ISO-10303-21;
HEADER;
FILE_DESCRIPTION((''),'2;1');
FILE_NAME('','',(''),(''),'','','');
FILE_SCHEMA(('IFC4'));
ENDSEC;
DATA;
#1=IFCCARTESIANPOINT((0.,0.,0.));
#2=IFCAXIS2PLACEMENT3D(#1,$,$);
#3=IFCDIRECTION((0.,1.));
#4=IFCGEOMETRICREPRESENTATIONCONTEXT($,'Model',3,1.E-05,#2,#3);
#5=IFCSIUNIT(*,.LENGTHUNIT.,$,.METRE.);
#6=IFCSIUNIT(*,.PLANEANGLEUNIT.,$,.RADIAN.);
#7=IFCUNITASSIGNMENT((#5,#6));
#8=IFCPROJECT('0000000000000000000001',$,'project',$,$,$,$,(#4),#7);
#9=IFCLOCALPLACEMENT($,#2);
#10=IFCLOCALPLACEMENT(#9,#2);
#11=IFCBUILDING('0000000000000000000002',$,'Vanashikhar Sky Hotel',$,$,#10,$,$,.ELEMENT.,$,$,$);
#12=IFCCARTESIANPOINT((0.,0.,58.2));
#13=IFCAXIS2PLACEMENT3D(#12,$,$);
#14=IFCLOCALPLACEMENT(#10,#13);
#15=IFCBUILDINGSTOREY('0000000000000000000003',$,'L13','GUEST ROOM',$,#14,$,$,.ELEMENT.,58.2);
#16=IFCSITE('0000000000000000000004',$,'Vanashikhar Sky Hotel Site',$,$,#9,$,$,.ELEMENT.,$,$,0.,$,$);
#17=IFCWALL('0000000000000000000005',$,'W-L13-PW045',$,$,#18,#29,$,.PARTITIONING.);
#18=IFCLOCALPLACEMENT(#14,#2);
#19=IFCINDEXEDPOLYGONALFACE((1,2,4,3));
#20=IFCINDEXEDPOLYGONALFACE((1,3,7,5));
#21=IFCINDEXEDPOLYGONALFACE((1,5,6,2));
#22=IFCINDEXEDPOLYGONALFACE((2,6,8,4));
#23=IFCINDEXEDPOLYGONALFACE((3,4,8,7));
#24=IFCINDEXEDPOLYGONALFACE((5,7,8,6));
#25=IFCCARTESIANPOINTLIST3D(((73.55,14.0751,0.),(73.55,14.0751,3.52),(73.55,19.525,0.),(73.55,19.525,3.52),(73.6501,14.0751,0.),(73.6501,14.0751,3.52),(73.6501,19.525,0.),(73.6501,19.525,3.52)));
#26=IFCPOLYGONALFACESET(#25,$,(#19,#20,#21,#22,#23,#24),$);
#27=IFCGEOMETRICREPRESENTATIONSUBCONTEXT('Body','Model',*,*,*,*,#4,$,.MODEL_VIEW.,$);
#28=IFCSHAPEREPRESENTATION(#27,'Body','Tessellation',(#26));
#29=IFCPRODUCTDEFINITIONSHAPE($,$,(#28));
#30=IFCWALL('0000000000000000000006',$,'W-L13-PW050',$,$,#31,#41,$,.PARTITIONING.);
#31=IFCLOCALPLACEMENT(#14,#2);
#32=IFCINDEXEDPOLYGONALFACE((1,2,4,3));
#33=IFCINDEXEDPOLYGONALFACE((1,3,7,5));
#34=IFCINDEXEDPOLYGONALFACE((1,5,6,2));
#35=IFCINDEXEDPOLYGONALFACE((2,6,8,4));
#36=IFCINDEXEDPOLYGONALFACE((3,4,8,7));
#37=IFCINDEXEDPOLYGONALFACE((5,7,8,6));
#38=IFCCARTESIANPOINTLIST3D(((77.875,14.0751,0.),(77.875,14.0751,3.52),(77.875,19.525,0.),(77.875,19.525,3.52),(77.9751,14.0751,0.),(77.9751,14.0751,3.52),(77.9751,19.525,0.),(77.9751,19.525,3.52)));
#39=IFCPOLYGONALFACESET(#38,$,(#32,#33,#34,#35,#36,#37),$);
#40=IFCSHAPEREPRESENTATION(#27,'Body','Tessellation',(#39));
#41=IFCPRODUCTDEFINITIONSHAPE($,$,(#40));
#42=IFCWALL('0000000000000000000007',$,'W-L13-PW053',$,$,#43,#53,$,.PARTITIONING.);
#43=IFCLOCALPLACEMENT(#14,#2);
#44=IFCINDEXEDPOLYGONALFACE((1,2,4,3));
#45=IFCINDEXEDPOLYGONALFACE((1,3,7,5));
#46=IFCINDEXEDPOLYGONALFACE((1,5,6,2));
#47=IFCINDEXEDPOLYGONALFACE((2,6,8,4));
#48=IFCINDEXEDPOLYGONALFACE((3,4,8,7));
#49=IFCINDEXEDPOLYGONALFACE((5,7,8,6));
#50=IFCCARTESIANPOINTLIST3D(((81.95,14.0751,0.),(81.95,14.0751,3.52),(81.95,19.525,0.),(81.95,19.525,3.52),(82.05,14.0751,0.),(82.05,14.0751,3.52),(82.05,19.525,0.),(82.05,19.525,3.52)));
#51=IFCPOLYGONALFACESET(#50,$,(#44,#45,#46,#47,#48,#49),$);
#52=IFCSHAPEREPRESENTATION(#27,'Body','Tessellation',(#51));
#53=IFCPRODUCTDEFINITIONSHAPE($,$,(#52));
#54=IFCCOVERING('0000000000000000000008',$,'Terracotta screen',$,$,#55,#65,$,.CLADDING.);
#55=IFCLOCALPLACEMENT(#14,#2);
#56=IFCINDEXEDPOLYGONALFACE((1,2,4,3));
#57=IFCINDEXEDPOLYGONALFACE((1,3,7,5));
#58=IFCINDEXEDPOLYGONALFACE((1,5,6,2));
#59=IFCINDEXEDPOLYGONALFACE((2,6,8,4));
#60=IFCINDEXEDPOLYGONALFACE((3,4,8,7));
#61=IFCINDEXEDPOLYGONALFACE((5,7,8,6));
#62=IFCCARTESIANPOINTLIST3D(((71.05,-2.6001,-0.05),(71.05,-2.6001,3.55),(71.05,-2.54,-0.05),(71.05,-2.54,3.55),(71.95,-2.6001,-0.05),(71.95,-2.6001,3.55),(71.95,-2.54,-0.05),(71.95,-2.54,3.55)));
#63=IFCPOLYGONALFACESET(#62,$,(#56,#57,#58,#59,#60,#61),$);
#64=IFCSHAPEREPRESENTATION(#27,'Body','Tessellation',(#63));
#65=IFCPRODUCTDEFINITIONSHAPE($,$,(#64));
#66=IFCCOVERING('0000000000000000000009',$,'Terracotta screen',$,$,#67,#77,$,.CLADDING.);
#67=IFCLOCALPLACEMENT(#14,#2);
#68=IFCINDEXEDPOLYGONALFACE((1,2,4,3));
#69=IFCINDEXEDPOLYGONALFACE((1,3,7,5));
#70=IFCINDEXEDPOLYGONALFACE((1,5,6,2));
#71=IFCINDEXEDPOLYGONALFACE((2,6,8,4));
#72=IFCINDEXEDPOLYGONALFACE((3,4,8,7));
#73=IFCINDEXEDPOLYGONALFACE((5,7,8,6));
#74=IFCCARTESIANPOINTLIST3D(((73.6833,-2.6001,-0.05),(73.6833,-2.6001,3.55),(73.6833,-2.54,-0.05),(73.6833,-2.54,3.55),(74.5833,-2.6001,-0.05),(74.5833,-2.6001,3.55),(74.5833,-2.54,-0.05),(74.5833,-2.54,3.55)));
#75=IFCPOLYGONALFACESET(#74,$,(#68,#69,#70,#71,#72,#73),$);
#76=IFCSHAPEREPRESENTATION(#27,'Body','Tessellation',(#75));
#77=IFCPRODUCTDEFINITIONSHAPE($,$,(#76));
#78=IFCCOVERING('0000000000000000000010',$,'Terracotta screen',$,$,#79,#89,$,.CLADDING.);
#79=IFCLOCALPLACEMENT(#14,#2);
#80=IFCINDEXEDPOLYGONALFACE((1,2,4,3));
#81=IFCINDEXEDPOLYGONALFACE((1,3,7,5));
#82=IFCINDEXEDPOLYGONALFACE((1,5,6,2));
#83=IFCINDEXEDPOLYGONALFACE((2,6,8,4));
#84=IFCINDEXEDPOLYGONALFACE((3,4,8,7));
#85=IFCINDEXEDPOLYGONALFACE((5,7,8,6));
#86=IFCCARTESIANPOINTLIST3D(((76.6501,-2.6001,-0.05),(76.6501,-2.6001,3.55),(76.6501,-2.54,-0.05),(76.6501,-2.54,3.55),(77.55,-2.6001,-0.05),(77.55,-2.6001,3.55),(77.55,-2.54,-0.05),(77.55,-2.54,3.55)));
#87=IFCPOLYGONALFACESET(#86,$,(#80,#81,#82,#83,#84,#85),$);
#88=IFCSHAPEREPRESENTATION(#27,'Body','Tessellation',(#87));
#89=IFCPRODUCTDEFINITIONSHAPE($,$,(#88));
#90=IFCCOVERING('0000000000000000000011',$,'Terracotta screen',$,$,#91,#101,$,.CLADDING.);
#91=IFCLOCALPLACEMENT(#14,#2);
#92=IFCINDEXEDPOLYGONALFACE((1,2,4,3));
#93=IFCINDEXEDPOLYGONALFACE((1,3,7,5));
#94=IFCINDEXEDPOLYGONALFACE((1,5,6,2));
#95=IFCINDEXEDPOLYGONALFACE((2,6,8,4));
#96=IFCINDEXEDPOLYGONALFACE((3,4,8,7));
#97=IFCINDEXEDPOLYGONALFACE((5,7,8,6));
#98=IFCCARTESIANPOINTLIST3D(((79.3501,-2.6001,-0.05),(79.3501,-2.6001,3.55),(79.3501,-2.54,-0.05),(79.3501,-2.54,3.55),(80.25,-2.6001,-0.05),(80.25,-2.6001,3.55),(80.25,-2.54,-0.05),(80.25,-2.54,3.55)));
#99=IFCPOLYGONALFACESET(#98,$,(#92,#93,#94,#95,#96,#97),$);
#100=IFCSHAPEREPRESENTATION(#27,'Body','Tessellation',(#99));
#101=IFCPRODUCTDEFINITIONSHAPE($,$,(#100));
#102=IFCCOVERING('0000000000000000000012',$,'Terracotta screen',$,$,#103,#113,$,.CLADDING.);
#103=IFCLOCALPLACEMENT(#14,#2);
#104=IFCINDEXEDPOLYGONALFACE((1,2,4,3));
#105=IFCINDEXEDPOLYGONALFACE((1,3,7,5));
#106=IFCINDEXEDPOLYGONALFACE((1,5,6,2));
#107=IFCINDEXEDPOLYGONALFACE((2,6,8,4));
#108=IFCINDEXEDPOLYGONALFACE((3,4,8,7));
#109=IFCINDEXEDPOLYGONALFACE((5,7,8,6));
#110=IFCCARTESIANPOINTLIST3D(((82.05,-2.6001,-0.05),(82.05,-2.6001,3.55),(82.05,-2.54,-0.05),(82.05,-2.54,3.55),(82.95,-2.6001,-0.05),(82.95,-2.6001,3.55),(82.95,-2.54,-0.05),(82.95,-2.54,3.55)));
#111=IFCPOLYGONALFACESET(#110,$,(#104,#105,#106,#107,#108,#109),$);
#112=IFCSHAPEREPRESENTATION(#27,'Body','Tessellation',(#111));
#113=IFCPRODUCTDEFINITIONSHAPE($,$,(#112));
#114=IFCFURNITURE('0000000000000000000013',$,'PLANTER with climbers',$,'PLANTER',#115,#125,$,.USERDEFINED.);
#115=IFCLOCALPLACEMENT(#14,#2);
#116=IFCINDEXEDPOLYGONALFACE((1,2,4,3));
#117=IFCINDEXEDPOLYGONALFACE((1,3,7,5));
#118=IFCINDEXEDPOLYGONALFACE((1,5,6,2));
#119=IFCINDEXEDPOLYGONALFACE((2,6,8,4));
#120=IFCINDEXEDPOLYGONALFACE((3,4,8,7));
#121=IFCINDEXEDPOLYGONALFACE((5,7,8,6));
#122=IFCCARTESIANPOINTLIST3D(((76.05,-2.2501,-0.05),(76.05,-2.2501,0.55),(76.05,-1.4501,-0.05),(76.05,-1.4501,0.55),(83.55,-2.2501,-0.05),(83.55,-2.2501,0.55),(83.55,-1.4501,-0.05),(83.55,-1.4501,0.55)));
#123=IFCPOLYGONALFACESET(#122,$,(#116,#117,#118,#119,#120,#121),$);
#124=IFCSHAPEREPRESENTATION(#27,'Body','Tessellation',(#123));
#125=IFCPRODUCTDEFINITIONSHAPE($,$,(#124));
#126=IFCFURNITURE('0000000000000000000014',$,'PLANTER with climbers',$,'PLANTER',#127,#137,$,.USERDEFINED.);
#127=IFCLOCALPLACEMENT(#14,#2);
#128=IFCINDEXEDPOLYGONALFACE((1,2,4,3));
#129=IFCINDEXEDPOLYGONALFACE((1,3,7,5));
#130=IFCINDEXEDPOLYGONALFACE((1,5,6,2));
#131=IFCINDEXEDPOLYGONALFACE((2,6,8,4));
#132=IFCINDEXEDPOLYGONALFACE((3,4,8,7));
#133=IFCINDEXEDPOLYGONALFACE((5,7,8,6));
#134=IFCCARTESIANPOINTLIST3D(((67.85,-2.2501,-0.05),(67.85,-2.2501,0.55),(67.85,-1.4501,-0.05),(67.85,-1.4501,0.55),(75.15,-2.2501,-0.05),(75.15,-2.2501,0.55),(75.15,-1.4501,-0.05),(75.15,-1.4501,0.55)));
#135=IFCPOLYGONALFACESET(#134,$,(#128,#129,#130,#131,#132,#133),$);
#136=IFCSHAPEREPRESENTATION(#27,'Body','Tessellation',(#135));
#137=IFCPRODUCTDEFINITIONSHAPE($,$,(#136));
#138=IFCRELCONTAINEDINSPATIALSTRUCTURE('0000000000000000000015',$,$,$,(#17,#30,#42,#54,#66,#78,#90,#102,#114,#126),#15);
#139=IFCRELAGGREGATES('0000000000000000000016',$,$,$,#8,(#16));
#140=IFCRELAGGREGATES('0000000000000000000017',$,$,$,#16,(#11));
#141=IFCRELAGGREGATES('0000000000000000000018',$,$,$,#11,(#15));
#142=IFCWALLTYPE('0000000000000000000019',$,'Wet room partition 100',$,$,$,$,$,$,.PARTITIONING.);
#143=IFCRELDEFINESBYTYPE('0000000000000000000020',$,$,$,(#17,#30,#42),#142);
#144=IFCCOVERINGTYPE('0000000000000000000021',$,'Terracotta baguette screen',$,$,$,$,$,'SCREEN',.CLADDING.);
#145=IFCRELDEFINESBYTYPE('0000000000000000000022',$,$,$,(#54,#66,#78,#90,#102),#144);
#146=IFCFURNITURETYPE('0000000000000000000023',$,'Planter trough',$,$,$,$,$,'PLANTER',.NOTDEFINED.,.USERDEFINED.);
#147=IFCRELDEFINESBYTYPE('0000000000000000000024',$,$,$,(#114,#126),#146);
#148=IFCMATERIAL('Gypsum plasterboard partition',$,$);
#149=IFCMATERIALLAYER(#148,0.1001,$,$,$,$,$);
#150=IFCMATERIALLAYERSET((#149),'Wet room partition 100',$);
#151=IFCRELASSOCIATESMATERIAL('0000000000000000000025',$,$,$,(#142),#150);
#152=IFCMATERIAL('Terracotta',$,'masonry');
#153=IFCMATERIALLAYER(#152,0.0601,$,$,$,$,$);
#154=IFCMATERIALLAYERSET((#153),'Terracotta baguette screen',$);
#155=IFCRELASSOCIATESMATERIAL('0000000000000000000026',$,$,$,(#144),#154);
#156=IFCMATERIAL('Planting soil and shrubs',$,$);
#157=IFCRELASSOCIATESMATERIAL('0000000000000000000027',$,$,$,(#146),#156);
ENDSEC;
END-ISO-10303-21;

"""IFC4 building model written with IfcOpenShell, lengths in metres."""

from ifc_helpers import new_model, si_unit, direction, frame, frame_2d, origin, origin_2d, place, context, subcontext, project, spatial, rectangle, extrude, source, transform, mapped, material, layer, layer_set, type_object, element, save


model = new_model("IFC4")

# Units and contexts
model_context = context("Model", 3, precision=1e-05, world=origin(), true_north=direction((0.0, 1.0)))
body_context = subcontext(model_context, "Body", "Model", "MODEL_VIEW")
ifc_project = project(units=[si_unit("LENGTHUNIT", "METRE"), si_unit("PLANEANGLEUNIT", "RADIAN")], contexts=[model_context])

# Site, building, storey
site_placement = place(None, origin())
site = spatial("IfcSite", under=ifc_project, at=site_placement, Name="Vanashikhar Sky Hotel Site", CompositionType="ELEMENT", RefElevation=0.0)
building_placement = place(site_placement, origin())
building = spatial("IfcBuilding", under=site, at=building_placement, Name="Vanashikhar Sky Hotel", CompositionType="ELEMENT")
storey_placement = place(building_placement, frame((0.0, 0.0, 58.2)))
storey = spatial("IfcBuildingStorey", under=building, at=storey_placement, Name="L13", Description="GUEST ROOM", CompositionType="ELEMENT", Elevation=58.2)

# Shared definitions
ifc_material_1 = material(Name="Gypsum plasterboard partition")
ifc_layer_1 = layer(ifc_material_1, 0.1001)
ifc_layer_set_1 = layer_set([ifc_layer_1], Name="Wet room partition 100")
wall_type_1 = type_object("IfcWallType", Name="Wet room partition 100", PredefinedType="PARTITIONING", material=ifc_layer_set_1)

# Walls
shared_shape_1 = source(origin(), body_context, "Body", "SweptSolid", [
    extrude(rectangle(XDim=5.45, YDim=0.1001, at=frame_2d((2.7251, 0.0))), origin(), (0.0, 0.0, 1.0), 3.52),
])
for number, where, z_axis, x_axis, name in (
    (1, (73.6001, 14.075, 0.0), (0.0, 0.0, 1.0), (0.0, 1.0, 0.0), "W-L13-PW045"),
    (2, (77.925, 14.075, 0.0), (0.0, 0.0, 1.0), (0.0, 1.0, 0.0), "W-L13-PW050"),
    (3, (82.0, 14.075, 0.0), (0.0, 0.0, 1.0), (0.0, 1.0, 0.0), "W-L13-PW053"),
):
    element("IfcWall", number, at=place(storey_placement, frame(where, z_axis=z_axis, x_axis=x_axis)), inside=storey, type_object=wall_type_1, Name=name, PredefinedType="PARTITIONING", context=body_context, shape_type="MappedRepresentation", body=[
        mapped(shared_shape_1, transform((0.0, 0.0, 0.0), scale=1.0)),
    ])

# Coverings
ifc_material_2 = material(Name="Terracotta", Category="masonry")
ifc_layer_2 = layer(ifc_material_2, 0.0601)
ifc_layer_set_2 = layer_set([ifc_layer_2], Name="Terracotta baguette screen")
covering_type = type_object("IfcCoveringType", Name="Terracotta baguette screen", ElementType="SCREEN", PredefinedType="CLADDING", material=ifc_layer_set_2)
shared_shape_2 = source(origin(), body_context, "Body", "SweptSolid", [
    extrude(rectangle(XDim=0.8999, YDim=0.0601, at=origin_2d()), origin(), (0.0, 0.0, 1.0), 3.6001),
])
for number, where, z_axis, x_axis, name in (
    (4, (71.5, -2.5701, -0.05), (0.0, 0.0, 1.0), (1.0, 0.0, 0.0), "Terracotta screen"),
    (5, (74.1333, -2.5701, -0.05), (0.0, 0.0, 1.0), (1.0, 0.0, 0.0), "Terracotta screen"),
    (6, (77.1001, -2.5701, -0.05), (0.0, 0.0, 1.0), (1.0, 0.0, 0.0), "Terracotta screen"),
    (7, (79.8, -2.5701, -0.05), (0.0, 0.0, 1.0), (1.0, 0.0, 0.0), "Terracotta screen"),
    (8, (82.5, -2.5701, -0.05), (0.0, 0.0, 1.0), (1.0, 0.0, 0.0), "Terracotta screen"),
):
    element("IfcCovering", number, at=place(storey_placement, frame(where, z_axis=z_axis, x_axis=x_axis)), inside=storey, type_object=covering_type, Name=name, PredefinedType="CLADDING", context=body_context, shape_type="MappedRepresentation", body=[
        mapped(shared_shape_2, transform((0.0, 0.0, 0.0), scale=1.0)),
    ])

# Furniture
ifc_material_3 = material(Name="Planting soil and shrubs")
furniture_type = type_object("IfcFurnitureType", Name="Planter trough", ElementType="PLANTER", AssemblyPlace="NOTDEFINED", PredefinedType="USERDEFINED", material=ifc_material_3)
shared_shape_3 = source(origin(), body_context, "Body", "SweptSolid", [
    extrude(rectangle(XDim=7.5, YDim=0.8, at=origin_2d()), origin(), (0.0, 0.0, 1.0), 0.6001),
])
furniture_1_placement = place(storey_placement, frame((79.8, -1.8501, -0.05), z_axis=(0.0, 0.0, 1.0), x_axis=(1.0, 0.0, 0.0)))
element("IfcFurniture", 9, at=furniture_1_placement, inside=storey, type_object=furniture_type, Name="PLANTER with climbers", ObjectType="PLANTER", PredefinedType="USERDEFINED", context=body_context, shape_type="MappedRepresentation", body=[
    mapped(shared_shape_3, transform((0.0, 0.0, 0.0), scale=1.0)),
])
shared_shape_4 = source(origin(), body_context, "Body", "SweptSolid", [
    extrude(rectangle(XDim=7.3, YDim=0.8, at=origin_2d()), origin(), (0.0, 0.0, 1.0), 0.6001),
])
furniture_2_placement = place(storey_placement, frame((71.5, -1.8501, -0.05), z_axis=(0.0, 0.0, 1.0), x_axis=(1.0, 0.0, 0.0)))
element("IfcFurniture", 10, at=furniture_2_placement, inside=storey, type_object=furniture_type, Name="PLANTER with climbers", ObjectType="PLANTER", PredefinedType="USERDEFINED", context=body_context, shape_type="MappedRepresentation", body=[
    mapped(shared_shape_4, transform((0.0, 0.0, 0.0), scale=1.0)),
])

save(model, "model.ifc")
